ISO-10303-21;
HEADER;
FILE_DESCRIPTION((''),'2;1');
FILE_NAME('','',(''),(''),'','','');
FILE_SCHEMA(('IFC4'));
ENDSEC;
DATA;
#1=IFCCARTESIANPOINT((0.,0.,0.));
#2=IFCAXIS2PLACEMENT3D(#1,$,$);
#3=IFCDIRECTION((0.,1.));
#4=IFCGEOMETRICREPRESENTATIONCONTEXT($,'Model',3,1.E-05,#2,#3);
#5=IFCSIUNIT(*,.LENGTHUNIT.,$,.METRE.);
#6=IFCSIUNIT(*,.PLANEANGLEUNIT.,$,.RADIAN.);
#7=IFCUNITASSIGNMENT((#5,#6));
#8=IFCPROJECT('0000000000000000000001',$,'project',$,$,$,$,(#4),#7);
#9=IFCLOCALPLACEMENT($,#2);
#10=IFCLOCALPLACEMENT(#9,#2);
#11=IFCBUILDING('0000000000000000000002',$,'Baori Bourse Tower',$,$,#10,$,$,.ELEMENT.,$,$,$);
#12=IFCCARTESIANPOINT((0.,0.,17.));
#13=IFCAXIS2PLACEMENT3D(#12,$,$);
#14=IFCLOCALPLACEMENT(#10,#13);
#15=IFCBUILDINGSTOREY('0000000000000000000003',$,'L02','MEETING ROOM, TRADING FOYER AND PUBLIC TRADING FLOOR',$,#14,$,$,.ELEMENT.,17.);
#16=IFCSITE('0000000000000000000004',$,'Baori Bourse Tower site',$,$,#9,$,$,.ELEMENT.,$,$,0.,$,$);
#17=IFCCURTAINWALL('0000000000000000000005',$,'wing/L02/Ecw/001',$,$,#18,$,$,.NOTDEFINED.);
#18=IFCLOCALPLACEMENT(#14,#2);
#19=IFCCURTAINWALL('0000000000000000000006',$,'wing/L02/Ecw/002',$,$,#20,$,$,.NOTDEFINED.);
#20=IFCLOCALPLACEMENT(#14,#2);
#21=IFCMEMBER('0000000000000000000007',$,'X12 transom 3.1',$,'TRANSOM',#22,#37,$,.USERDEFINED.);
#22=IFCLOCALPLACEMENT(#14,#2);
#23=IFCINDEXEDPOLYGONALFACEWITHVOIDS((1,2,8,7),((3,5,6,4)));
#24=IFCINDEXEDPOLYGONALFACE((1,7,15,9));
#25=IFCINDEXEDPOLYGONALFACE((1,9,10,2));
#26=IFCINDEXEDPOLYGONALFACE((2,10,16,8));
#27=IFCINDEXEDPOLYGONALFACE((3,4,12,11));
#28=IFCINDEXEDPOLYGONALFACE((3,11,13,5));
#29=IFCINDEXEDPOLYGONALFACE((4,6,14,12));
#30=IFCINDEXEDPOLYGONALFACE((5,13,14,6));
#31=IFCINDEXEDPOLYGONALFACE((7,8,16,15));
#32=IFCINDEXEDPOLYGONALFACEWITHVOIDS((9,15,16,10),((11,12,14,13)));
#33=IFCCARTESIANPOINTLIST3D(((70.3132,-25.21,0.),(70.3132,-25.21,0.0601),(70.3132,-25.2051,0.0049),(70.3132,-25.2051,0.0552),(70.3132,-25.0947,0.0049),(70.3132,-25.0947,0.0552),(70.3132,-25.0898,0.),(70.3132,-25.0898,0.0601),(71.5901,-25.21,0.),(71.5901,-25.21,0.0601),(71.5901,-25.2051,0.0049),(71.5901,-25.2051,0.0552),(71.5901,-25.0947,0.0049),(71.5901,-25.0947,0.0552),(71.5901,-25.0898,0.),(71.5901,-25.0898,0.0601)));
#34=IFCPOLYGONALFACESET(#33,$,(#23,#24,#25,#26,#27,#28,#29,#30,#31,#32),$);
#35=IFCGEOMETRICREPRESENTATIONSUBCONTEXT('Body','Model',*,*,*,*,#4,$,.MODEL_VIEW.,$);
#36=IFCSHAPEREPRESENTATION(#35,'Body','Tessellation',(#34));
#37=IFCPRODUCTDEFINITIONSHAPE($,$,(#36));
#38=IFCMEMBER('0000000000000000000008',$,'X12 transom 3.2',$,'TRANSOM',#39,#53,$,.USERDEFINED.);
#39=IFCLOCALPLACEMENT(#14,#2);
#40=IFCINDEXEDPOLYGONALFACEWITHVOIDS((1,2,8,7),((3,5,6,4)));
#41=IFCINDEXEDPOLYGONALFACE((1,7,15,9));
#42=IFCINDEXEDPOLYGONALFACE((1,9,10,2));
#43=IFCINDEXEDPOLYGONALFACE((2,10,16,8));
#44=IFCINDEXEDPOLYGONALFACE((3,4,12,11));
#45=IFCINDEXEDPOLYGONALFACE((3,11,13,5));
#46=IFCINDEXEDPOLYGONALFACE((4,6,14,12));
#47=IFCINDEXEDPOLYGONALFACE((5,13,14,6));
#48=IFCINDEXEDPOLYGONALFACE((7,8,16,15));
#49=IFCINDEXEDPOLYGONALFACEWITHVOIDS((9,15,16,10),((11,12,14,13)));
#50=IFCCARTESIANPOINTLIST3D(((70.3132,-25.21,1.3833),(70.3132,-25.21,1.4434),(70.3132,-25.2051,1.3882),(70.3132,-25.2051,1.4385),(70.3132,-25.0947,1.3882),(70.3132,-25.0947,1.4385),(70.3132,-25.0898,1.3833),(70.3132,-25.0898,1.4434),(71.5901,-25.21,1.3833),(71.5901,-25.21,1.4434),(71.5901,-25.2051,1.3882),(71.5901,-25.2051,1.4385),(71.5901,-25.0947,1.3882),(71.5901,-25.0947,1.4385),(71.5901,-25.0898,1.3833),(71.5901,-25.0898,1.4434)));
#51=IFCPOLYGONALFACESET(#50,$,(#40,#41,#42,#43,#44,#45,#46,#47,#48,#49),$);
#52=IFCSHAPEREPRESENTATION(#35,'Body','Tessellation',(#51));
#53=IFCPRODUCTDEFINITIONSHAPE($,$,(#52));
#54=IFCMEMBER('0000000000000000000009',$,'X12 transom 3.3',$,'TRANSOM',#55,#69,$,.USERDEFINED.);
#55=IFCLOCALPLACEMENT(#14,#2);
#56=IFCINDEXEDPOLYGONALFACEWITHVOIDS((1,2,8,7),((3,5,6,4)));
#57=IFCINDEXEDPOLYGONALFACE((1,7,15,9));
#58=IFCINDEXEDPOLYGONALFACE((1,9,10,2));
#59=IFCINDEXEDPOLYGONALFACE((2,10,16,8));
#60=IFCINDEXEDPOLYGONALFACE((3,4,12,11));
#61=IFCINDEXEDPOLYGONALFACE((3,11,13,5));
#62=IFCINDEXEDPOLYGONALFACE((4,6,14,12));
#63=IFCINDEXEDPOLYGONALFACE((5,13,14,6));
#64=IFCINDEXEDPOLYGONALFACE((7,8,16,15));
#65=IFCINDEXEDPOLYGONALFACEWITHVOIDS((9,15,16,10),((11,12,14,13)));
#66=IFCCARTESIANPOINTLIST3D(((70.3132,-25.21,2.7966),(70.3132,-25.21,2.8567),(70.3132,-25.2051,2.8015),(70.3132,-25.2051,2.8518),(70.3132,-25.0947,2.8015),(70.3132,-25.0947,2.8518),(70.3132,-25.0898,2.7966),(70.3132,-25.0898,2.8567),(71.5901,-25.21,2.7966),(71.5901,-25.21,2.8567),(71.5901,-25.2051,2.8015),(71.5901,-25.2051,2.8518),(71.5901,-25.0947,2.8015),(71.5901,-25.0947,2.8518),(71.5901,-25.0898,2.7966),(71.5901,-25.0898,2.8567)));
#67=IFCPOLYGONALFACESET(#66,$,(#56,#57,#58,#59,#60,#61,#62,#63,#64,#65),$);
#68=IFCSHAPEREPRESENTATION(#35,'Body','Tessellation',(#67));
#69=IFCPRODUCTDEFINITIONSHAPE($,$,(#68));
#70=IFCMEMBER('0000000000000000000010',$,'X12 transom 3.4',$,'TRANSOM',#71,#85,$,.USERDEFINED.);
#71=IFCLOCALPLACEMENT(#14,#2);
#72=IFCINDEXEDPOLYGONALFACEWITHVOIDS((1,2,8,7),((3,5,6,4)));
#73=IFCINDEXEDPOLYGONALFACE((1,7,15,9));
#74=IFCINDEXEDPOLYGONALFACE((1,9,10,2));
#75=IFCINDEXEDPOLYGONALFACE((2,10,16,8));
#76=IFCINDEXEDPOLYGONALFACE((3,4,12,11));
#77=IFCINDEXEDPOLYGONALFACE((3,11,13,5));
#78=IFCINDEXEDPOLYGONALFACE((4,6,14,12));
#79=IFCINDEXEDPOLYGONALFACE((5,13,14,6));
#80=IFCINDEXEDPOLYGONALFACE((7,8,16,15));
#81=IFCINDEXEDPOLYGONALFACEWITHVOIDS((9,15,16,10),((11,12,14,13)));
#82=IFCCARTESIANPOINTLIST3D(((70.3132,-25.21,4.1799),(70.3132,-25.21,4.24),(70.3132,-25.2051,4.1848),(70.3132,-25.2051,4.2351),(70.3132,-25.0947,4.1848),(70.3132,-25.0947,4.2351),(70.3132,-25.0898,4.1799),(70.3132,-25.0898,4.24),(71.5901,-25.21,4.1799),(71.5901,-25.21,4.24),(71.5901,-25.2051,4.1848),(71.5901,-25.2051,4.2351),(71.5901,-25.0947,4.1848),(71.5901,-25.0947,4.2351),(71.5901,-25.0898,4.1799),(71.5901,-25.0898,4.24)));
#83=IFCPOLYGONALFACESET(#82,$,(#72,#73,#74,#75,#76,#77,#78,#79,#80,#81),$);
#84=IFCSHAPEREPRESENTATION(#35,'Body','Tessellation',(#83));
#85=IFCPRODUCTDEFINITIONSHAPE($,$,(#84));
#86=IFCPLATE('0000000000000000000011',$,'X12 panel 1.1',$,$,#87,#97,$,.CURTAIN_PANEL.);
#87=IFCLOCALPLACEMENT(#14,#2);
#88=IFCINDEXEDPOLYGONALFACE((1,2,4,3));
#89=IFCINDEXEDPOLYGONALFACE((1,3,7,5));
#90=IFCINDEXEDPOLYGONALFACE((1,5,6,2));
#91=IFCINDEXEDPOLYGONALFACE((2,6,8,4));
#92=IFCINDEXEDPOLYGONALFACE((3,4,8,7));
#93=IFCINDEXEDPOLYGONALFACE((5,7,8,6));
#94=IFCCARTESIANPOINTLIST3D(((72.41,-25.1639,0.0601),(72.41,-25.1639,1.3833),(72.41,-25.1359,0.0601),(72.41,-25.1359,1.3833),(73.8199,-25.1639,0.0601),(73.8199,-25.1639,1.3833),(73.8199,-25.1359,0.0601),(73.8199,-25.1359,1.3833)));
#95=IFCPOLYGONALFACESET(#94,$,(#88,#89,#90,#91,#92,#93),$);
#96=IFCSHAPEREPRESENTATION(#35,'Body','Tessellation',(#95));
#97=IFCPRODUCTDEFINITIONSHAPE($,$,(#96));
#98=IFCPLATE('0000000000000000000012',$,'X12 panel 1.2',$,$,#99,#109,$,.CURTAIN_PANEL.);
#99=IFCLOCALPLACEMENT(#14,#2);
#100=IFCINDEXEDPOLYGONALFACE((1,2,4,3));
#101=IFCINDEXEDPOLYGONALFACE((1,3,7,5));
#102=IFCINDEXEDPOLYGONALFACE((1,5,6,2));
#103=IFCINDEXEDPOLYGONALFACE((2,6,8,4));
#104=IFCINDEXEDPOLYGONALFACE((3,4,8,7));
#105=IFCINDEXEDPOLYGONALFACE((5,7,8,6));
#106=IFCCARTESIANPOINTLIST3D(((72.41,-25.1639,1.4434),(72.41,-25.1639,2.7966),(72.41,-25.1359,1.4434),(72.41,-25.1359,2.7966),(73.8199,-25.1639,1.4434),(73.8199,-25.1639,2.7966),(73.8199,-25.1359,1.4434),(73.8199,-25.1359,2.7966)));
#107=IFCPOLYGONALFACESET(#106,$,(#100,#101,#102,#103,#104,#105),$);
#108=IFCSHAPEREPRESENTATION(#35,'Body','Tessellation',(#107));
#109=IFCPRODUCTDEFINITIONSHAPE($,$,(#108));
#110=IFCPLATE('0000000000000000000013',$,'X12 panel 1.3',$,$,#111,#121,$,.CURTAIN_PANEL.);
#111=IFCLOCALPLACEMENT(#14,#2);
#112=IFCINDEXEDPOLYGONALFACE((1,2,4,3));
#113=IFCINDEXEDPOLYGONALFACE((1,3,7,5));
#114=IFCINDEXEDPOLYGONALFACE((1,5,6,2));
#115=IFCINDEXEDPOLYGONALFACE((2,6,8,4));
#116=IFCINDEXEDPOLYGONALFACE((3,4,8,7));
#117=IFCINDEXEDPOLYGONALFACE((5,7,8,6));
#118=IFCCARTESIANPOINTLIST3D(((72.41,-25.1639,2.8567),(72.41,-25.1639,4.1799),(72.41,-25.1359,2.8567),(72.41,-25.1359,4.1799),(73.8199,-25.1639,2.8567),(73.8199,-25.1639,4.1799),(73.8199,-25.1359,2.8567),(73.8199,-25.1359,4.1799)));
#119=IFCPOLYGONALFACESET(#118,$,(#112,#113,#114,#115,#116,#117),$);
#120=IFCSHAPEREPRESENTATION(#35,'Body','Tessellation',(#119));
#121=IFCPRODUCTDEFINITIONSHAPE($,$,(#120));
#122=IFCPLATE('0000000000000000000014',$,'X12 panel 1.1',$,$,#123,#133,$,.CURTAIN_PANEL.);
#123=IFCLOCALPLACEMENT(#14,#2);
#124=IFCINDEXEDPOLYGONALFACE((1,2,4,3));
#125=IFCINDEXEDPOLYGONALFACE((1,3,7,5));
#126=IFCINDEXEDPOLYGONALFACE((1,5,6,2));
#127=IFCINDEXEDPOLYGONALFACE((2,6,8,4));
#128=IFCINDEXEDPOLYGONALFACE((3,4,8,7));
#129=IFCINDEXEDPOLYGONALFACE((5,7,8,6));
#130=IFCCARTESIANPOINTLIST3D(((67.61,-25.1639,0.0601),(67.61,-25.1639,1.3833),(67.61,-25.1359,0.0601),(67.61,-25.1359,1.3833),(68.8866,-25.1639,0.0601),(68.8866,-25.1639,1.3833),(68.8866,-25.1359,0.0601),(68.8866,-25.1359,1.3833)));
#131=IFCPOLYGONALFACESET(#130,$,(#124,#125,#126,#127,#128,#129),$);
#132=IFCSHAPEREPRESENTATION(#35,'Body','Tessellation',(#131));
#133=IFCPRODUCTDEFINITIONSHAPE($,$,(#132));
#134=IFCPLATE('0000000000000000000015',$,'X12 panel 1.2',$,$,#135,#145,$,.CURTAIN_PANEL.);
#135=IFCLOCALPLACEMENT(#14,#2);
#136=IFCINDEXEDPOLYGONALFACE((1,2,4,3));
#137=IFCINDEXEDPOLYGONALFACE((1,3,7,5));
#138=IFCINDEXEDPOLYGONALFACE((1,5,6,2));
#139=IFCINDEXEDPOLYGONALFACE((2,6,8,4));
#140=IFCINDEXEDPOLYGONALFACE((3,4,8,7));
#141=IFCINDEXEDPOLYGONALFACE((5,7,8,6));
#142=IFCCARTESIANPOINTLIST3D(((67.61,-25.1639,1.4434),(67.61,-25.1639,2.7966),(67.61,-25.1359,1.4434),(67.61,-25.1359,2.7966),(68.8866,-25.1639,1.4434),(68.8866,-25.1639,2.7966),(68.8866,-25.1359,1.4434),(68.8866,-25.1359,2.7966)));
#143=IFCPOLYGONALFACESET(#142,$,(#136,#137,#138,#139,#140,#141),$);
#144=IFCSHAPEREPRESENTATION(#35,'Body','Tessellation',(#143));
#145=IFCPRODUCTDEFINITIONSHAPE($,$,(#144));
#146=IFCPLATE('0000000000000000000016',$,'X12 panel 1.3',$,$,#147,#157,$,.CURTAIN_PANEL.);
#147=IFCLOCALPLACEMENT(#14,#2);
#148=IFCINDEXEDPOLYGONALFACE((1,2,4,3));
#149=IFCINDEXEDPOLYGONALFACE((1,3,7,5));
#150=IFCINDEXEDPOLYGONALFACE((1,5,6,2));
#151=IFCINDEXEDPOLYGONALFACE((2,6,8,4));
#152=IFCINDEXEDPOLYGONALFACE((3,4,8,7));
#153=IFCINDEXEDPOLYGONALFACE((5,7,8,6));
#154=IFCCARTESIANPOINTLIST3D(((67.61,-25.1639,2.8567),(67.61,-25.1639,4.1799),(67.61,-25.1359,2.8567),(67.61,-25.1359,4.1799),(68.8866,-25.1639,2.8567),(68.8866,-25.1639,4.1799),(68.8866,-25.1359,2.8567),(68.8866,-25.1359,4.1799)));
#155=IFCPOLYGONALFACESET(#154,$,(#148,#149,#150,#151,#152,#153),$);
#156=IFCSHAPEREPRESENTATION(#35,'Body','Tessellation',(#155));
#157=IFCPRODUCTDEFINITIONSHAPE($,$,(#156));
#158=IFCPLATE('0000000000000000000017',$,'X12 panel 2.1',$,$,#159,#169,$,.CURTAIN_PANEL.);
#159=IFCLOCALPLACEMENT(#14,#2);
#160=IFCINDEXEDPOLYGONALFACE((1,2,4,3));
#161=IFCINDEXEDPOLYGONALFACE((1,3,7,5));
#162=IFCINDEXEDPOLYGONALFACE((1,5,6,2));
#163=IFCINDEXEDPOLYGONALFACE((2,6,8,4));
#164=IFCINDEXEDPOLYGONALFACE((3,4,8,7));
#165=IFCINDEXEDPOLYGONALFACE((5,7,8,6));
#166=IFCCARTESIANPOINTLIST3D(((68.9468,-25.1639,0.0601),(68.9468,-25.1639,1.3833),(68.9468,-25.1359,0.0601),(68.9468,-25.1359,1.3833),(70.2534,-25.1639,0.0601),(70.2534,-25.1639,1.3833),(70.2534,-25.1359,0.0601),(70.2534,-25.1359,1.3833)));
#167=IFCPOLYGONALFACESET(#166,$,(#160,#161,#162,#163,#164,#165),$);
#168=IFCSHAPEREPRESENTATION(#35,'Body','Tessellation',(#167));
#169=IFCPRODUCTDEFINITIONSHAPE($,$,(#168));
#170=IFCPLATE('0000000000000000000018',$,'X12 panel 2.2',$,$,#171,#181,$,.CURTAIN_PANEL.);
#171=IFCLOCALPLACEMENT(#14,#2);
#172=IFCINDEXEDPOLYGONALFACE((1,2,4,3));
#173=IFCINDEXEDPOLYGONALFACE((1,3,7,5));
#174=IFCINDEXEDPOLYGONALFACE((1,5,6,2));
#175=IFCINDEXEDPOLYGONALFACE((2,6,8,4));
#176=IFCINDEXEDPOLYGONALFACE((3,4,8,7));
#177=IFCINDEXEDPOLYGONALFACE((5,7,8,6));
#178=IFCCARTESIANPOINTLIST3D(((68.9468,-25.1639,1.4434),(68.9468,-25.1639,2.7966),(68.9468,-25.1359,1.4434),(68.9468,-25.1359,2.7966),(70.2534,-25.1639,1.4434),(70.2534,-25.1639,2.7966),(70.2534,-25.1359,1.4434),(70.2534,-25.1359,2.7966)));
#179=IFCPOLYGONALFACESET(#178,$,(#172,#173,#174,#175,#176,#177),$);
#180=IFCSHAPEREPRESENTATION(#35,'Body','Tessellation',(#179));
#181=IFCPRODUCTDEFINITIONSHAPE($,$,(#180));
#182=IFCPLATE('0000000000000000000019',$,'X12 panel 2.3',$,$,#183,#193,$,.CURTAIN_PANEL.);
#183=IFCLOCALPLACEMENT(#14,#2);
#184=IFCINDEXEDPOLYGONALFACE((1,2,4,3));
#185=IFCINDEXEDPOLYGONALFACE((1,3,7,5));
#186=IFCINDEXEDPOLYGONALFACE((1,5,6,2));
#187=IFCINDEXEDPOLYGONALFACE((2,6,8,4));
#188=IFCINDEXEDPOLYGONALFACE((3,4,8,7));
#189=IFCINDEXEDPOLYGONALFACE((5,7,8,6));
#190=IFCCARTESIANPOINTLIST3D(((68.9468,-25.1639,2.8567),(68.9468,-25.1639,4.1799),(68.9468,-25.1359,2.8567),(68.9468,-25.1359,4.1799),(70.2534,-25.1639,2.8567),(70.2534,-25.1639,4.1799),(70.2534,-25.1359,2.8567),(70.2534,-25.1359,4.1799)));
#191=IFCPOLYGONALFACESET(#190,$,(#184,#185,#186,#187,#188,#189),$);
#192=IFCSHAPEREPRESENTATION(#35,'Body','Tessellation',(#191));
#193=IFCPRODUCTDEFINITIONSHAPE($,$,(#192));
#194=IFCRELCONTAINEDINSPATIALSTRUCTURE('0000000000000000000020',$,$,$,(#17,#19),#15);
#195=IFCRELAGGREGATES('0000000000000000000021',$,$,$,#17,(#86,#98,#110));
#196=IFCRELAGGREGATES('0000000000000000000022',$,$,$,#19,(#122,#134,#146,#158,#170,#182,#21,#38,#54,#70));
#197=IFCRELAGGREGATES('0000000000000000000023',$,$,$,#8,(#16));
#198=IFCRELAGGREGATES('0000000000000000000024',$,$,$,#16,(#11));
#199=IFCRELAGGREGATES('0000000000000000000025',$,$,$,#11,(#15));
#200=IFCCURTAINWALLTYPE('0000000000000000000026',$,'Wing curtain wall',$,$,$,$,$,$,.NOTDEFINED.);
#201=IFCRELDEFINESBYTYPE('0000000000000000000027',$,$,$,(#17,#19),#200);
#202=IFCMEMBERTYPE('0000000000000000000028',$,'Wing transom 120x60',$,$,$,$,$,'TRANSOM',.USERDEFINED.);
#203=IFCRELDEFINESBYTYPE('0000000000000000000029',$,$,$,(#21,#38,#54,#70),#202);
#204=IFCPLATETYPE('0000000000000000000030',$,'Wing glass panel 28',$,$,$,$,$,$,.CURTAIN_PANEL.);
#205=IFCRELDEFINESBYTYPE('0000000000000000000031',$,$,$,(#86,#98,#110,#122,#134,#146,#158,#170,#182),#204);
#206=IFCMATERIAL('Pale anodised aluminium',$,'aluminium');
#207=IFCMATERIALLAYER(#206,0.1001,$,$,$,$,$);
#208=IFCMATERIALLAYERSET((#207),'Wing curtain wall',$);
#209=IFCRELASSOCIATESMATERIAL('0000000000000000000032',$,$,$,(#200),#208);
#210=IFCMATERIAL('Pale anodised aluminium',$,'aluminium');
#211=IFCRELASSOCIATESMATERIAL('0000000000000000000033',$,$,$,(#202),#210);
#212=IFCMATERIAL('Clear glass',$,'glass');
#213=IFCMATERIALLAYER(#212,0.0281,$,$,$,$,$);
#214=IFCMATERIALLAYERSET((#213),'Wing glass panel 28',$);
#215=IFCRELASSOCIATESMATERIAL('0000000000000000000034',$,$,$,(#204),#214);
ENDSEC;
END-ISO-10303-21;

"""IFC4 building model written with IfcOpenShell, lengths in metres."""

from ifc_helpers import new_model, si_unit, direction, frame, origin, origin_2d, place, context, subcontext, project, spatial, rectangle, hollow_rectangle, extrude, material, layer, layer_set, material_profile, profile_set, type_object, element, aggregate, save


model = new_model("IFC4")

# Units and contexts
model_context = context("Model", 3, precision=1e-05, world=origin(), true_north=direction((0.0, 1.0)))
body_context = subcontext(model_context, "Body", "Model", "MODEL_VIEW")
ifc_project = project(units=[si_unit("LENGTHUNIT", "METRE"), si_unit("PLANEANGLEUNIT", "RADIAN")], contexts=[model_context])

# Site, building, storey
site_placement = place(None, origin())
site = spatial("IfcSite", under=ifc_project, at=site_placement, Name="Baori Bourse Tower site", CompositionType="ELEMENT", RefElevation=0.0)
building_placement = place(site_placement, origin())
building = spatial("IfcBuilding", under=site, at=building_placement, Name="Baori Bourse Tower", CompositionType="ELEMENT")
storey_placement = place(building_placement, frame((0.0, 0.0, 17.0)))
storey = spatial("IfcBuildingStorey", under=building, at=storey_placement, Name="L02", Description="MEETING ROOM, TRADING FOYER AND PUBLIC TRADING FLOOR", CompositionType="ELEMENT", Elevation=17.0)

# Curtain walls
ifc_material_1 = material(Name="Pale anodised aluminium", Category="aluminium")
ifc_layer_1 = layer(ifc_material_1, 0.1001)
ifc_layer_set_1 = layer_set([ifc_layer_1], Name="Wing curtain wall")
curtain_wall_type = type_object("IfcCurtainWallType", Name="Wing curtain wall", PredefinedType="NOTDEFINED", material=ifc_layer_set_1)
curtain_wall_1_placement = place(storey_placement, origin())
curtain_wall_1 = element("IfcCurtainWall", 1, at=curtain_wall_1_placement, inside=storey, type_object=curtain_wall_type, Name="wing/L02/Ecw/001", PredefinedType="NOTDEFINED")
curtain_wall_2_placement = place(storey_placement, origin())
curtain_wall_2 = element("IfcCurtainWall", 2, at=curtain_wall_2_placement, inside=storey, type_object=curtain_wall_type, Name="wing/L02/Ecw/002", PredefinedType="NOTDEFINED")

# Members
ifc_material_2 = material(Name="Pale anodised aluminium", Category="aluminium")
ifc_material_profile_1 = material_profile(ifc_material_2, hollow_rectangle(XDim=0.1201, YDim=0.0601, WallThickness=0.0049, at=origin_2d()), Name="Transom 120x60x5")
ifc_profile_set_1 = profile_set([ifc_material_profile_1], Name="Pale anodised aluminium")
member_type_1 = type_object("IfcMemberType", Name="Wing transom 120x60", ElementType="TRANSOM", PredefinedType="USERDEFINED", material=ifc_profile_set_1)
member_1_placement = place(storey_placement, frame((70.3132, -25.1499, 0.03), z_axis=(1.0, 0.0, 0.0), x_axis=(0.0, 1.0, 0.0)))
member_1 = element("IfcMember", 3, at=member_1_placement, type_object=member_type_1, Name="X12 transom 3.1", ObjectType="TRANSOM", PredefinedType="USERDEFINED", context=body_context, shape_type="SweptSolid", body=[
    extrude(hollow_rectangle(XDim=0.1201, YDim=0.0601, WallThickness=0.0049, at=origin_2d()), origin(), (0.0, 0.0, 1.0), 1.2769),
])
member_2_placement = place(storey_placement, frame((70.3132, -25.1499, 1.4133), z_axis=(1.0, 0.0, 0.0), x_axis=(0.0, 1.0, 0.0)))
member_2 = element("IfcMember", 4, at=member_2_placement, type_object=member_type_1, Name="X12 transom 3.2", ObjectType="TRANSOM", PredefinedType="USERDEFINED", context=body_context, shape_type="SweptSolid", body=[
    extrude(hollow_rectangle(XDim=0.1201, YDim=0.0601, WallThickness=0.0049, at=origin_2d()), origin(), (0.0, 0.0, 1.0), 1.2769),
])
member_3_placement = place(storey_placement, frame((70.3132, -25.1499, 2.8267), z_axis=(1.0, 0.0, 0.0), x_axis=(0.0, 1.0, 0.0)))
member_3 = element("IfcMember", 5, at=member_3_placement, type_object=member_type_1, Name="X12 transom 3.3", ObjectType="TRANSOM", PredefinedType="USERDEFINED", context=body_context, shape_type="SweptSolid", body=[
    extrude(hollow_rectangle(XDim=0.1201, YDim=0.0601, WallThickness=0.0049, at=origin_2d()), origin(), (0.0, 0.0, 1.0), 1.2769),
])
member_4_placement = place(storey_placement, frame((70.3132, -25.1499, 4.21), z_axis=(1.0, 0.0, 0.0), x_axis=(0.0, 1.0, 0.0)))
member_4 = element("IfcMember", 6, at=member_4_placement, type_object=member_type_1, Name="X12 transom 3.4", ObjectType="TRANSOM", PredefinedType="USERDEFINED", context=body_context, shape_type="SweptSolid", body=[
    extrude(hollow_rectangle(XDim=0.1201, YDim=0.0601, WallThickness=0.0049, at=origin_2d()), origin(), (0.0, 0.0, 1.0), 1.2769),
])

# Plates
ifc_material_3 = material(Name="Clear glass", Category="glass")
ifc_layer_2 = layer(ifc_material_3, 0.0281)
ifc_layer_set_2 = layer_set([ifc_layer_2], Name="Wing glass panel 28")
plate_type = type_object("IfcPlateType", Name="Wing glass panel 28", PredefinedType="CURTAIN_PANEL", material=ifc_layer_set_2)
plate_1_placement = place(storey_placement, frame((73.115, -25.1499, 0.0601), z_axis=(0.0, 0.0, 1.0), x_axis=(1.0, 0.0, 0.0)))
plate_1 = element("IfcPlate", 7, at=plate_1_placement, type_object=plate_type, Name="X12 panel 1.1", PredefinedType="CURTAIN_PANEL", context=body_context, shape_type="SweptSolid", body=[
    extrude(rectangle(XDim=1.4099, YDim=0.0281, at=origin_2d()), origin(), (0.0, 0.0, 1.0), 1.3232),
])
plate_2_placement = place(storey_placement, frame((73.115, -25.1499, 1.4434), z_axis=(0.0, 0.0, 1.0), x_axis=(1.0, 0.0, 0.0)))
plate_2 = element("IfcPlate", 8, at=plate_2_placement, type_object=plate_type, Name="X12 panel 1.2", PredefinedType="CURTAIN_PANEL", context=body_context, shape_type="SweptSolid", body=[
    extrude(rectangle(XDim=1.4099, YDim=0.0281, at=origin_2d()), origin(), (0.0, 0.0, 1.0), 1.3533),
])
plate_3_placement = place(storey_placement, frame((73.115, -25.1499, 2.8567), z_axis=(0.0, 0.0, 1.0), x_axis=(1.0, 0.0, 0.0)))
plate_3 = element("IfcPlate", 9, at=plate_3_placement, type_object=plate_type, Name="X12 panel 1.3", PredefinedType="CURTAIN_PANEL", context=body_context, shape_type="SweptSolid", body=[
    extrude(rectangle(XDim=1.4099, YDim=0.0281, at=origin_2d()), origin(), (0.0, 0.0, 1.0), 1.3232),
])
aggregate(curtain_wall_1, [plate_1, plate_2, plate_3])
plate_4_placement = place(storey_placement, frame((68.2483, -25.1499, 0.0601), z_axis=(0.0, 0.0, 1.0), x_axis=(1.0, 0.0, 0.0)))
plate_4 = element("IfcPlate", 10, at=plate_4_placement, type_object=plate_type, Name="X12 panel 1.1", PredefinedType="CURTAIN_PANEL", context=body_context, shape_type="SweptSolid", body=[
    extrude(rectangle(XDim=1.2766, YDim=0.0281, at=origin_2d()), origin(), (0.0, 0.0, 1.0), 1.3232),
])
plate_5_placement = place(storey_placement, frame((68.2483, -25.1499, 1.4434), z_axis=(0.0, 0.0, 1.0), x_axis=(1.0, 0.0, 0.0)))
plate_5 = element("IfcPlate", 11, at=plate_5_placement, type_object=plate_type, Name="X12 panel 1.2", PredefinedType="CURTAIN_PANEL", context=body_context, shape_type="SweptSolid", body=[
    extrude(rectangle(XDim=1.2766, YDim=0.0281, at=origin_2d()), origin(), (0.0, 0.0, 1.0), 1.3533),
])
plate_6_placement = place(storey_placement, frame((68.2483, -25.1499, 2.8567), z_axis=(0.0, 0.0, 1.0), x_axis=(1.0, 0.0, 0.0)))
plate_6 = element("IfcPlate", 12, at=plate_6_placement, type_object=plate_type, Name="X12 panel 1.3", PredefinedType="CURTAIN_PANEL", context=body_context, shape_type="SweptSolid", body=[
    extrude(rectangle(XDim=1.2766, YDim=0.0281, at=origin_2d()), origin(), (0.0, 0.0, 1.0), 1.3232),
])
plate_7_placement = place(storey_placement, frame((69.6001, -25.1499, 0.0601), z_axis=(0.0, 0.0, 1.0), x_axis=(1.0, 0.0, 0.0)))
plate_7 = element("IfcPlate", 13, at=plate_7_placement, type_object=plate_type, Name="X12 panel 2.1", PredefinedType="CURTAIN_PANEL", context=body_context, shape_type="SweptSolid", body=[
    extrude(rectangle(XDim=1.3066, YDim=0.0281, at=origin_2d()), origin(), (0.0, 0.0, 1.0), 1.3232),
])
plate_8_placement = place(storey_placement, frame((69.6001, -25.1499, 1.4434), z_axis=(0.0, 0.0, 1.0), x_axis=(1.0, 0.0, 0.0)))
plate_8 = element("IfcPlate", 14, at=plate_8_placement, type_object=plate_type, Name="X12 panel 2.2", PredefinedType="CURTAIN_PANEL", context=body_context, shape_type="SweptSolid", body=[
    extrude(rectangle(XDim=1.3066, YDim=0.0281, at=origin_2d()), origin(), (0.0, 0.0, 1.0), 1.3533),
])
plate_9_placement = place(storey_placement, frame((69.6001, -25.1499, 2.8567), z_axis=(0.0, 0.0, 1.0), x_axis=(1.0, 0.0, 0.0)))
plate_9 = element("IfcPlate", 15, at=plate_9_placement, type_object=plate_type, Name="X12 panel 2.3", PredefinedType="CURTAIN_PANEL", context=body_context, shape_type="SweptSolid", body=[
    extrude(rectangle(XDim=1.3066, YDim=0.0281, at=origin_2d()), origin(), (0.0, 0.0, 1.0), 1.3232),
])
aggregate(curtain_wall_2, [plate_4, plate_5, plate_6, plate_7, plate_8, plate_9, member_1, member_2, member_3, member_4])

save(model, "model.ifc")
